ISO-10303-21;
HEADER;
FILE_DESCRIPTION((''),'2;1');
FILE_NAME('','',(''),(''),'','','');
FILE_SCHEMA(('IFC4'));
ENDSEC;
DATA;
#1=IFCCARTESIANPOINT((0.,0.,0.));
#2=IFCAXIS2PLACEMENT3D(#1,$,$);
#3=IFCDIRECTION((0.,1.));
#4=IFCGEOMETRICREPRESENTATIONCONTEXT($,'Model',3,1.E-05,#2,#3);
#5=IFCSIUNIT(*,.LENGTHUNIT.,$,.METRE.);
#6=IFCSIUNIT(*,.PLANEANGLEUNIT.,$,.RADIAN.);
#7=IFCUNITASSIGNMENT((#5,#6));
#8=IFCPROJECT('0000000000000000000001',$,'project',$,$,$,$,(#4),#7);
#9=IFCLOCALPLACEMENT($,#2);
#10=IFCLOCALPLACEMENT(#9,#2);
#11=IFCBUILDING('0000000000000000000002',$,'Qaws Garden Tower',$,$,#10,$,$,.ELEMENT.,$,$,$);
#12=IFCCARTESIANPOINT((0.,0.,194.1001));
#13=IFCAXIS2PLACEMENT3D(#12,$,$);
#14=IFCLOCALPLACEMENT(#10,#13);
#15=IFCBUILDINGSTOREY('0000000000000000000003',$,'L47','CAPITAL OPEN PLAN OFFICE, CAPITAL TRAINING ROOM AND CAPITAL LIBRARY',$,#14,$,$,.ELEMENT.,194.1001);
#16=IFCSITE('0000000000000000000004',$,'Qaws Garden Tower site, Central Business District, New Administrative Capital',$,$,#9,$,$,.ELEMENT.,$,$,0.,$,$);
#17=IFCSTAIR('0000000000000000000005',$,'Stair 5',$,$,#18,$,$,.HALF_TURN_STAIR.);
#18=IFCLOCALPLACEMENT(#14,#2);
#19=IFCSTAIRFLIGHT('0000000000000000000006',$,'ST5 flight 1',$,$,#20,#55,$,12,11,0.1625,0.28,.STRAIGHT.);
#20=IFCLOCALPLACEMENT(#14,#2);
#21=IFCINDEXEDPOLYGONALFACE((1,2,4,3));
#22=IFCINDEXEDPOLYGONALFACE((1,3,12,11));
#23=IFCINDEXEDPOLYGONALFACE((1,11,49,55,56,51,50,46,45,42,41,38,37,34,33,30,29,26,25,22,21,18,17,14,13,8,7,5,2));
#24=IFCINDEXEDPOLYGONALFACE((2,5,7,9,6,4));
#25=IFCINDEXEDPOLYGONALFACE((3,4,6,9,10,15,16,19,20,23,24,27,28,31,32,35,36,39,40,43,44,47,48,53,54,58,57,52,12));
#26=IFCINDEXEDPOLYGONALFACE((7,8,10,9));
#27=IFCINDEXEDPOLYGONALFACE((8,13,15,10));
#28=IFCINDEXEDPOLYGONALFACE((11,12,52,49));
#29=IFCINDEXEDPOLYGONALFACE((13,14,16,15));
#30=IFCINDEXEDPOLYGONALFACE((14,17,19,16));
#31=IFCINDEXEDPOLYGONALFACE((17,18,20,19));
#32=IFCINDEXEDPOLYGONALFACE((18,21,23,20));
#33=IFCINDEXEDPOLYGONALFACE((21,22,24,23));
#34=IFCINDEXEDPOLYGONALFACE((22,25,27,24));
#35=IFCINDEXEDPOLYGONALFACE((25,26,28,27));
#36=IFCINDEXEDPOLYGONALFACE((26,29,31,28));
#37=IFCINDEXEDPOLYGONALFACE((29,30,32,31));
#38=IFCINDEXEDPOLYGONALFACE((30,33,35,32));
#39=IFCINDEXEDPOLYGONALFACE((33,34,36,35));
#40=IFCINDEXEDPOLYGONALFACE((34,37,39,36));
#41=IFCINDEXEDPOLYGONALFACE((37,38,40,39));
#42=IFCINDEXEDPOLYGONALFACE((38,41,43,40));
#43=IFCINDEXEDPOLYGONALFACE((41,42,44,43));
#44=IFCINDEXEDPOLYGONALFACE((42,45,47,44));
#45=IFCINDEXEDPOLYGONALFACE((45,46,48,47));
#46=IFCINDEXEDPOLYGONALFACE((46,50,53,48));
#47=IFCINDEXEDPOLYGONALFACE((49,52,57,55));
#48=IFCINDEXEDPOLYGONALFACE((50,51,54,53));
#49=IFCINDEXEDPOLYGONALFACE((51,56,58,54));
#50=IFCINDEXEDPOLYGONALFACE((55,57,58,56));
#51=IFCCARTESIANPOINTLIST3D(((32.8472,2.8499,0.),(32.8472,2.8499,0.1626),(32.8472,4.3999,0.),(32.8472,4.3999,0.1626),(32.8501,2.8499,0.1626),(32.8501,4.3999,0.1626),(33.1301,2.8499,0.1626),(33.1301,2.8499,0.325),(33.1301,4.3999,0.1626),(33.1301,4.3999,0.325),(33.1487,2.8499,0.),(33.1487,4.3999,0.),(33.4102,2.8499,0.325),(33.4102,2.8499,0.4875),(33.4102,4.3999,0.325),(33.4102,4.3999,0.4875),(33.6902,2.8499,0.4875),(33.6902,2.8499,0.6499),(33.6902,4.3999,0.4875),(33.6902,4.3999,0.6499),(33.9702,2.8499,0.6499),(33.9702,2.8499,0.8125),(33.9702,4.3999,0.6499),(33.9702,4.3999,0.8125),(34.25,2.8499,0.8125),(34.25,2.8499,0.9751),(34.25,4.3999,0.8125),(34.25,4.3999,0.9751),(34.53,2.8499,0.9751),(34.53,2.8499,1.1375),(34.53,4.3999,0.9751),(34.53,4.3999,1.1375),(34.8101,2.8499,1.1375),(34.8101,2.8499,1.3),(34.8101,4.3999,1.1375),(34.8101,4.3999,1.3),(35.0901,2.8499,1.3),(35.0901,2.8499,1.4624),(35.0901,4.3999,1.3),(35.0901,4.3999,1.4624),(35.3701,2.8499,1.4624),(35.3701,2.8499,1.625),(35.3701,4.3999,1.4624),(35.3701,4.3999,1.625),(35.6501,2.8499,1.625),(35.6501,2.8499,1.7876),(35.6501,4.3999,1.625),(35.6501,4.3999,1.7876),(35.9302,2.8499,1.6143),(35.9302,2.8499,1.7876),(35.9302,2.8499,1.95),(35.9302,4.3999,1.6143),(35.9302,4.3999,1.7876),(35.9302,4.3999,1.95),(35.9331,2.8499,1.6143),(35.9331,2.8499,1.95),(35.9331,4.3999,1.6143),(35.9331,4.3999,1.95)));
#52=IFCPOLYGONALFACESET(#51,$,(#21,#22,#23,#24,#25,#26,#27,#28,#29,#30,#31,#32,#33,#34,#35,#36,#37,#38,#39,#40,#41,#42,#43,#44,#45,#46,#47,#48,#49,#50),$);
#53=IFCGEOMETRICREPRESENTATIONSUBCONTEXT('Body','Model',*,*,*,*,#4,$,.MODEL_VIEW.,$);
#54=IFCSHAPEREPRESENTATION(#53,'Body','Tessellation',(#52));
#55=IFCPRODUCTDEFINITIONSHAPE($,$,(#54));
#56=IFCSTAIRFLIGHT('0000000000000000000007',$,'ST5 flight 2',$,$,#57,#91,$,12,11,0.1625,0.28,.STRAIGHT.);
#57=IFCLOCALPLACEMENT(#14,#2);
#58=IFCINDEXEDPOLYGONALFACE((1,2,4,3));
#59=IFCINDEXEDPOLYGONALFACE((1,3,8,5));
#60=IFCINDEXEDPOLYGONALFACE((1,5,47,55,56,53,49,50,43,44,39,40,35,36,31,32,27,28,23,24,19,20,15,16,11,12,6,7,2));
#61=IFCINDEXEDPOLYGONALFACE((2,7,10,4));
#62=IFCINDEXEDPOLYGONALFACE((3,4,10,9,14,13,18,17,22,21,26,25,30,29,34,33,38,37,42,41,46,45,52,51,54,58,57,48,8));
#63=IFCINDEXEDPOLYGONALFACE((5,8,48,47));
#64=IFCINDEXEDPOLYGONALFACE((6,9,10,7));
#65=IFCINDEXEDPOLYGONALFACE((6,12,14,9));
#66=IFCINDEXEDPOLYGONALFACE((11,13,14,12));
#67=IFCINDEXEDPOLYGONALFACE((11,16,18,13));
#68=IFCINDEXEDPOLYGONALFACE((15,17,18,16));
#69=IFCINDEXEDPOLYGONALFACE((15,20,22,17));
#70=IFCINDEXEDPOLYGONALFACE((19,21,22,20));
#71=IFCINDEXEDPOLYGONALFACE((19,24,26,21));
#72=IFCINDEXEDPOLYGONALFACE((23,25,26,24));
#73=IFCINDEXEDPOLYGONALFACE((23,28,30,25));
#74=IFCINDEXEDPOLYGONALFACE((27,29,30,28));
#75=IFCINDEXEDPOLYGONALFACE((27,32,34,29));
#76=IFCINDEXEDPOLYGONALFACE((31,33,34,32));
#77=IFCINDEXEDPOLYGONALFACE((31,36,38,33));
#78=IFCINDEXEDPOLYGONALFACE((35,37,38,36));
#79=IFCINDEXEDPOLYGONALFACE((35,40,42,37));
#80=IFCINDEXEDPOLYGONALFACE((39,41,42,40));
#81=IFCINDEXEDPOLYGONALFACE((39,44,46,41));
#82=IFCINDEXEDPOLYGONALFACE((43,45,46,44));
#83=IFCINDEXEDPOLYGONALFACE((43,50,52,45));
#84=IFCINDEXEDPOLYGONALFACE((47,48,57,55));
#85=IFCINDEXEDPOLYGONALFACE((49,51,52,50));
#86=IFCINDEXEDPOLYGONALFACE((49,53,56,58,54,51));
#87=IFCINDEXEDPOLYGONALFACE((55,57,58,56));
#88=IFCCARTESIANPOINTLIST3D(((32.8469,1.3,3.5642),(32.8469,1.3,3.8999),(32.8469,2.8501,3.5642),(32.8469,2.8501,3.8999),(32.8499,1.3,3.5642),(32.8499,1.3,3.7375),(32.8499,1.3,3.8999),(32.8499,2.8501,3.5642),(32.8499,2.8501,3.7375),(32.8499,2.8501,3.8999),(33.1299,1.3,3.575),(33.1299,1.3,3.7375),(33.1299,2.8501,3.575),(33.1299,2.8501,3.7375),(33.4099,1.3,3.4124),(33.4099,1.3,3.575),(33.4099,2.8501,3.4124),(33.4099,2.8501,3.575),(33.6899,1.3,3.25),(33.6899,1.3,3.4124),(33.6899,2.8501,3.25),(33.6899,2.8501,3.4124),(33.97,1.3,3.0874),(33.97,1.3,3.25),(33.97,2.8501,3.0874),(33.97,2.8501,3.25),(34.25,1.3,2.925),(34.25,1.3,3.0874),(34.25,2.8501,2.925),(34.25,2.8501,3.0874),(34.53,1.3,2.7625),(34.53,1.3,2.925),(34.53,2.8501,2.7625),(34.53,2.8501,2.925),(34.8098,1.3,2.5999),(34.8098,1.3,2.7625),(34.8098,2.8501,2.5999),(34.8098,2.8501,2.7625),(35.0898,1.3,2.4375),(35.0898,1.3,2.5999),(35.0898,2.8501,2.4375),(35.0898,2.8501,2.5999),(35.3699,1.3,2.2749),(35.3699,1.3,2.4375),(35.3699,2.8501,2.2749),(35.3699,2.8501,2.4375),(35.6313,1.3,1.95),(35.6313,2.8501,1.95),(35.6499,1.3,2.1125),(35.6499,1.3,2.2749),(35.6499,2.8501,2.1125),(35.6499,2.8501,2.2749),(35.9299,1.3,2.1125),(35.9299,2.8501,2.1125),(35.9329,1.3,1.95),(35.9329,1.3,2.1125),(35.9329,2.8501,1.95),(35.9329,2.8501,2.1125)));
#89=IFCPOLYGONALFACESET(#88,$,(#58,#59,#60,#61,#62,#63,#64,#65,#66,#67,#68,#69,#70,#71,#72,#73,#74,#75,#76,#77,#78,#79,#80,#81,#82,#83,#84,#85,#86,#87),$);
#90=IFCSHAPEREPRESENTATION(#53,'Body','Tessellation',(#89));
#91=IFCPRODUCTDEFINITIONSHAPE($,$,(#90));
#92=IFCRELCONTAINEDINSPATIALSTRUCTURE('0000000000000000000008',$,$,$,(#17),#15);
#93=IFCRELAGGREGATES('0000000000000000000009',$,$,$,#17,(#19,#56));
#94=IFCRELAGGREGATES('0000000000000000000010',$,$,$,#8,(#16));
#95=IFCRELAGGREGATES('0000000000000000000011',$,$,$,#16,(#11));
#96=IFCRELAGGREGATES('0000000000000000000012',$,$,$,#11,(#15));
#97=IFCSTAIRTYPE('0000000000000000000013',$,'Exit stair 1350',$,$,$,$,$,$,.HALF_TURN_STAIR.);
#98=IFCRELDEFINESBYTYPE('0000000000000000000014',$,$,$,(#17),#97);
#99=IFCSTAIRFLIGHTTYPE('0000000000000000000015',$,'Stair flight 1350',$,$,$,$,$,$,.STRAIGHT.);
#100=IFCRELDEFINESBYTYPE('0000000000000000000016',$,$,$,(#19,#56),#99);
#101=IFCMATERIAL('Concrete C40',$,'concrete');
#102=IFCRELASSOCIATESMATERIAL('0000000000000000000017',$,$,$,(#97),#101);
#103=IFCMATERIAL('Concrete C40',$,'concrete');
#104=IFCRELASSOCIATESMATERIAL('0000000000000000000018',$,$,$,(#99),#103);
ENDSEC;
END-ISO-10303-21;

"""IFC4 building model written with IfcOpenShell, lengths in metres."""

from ifc_helpers import new_model, si_unit, direction, frame, origin, place, context, subcontext, project, spatial, polyline, outline, extrude, material, type_object, element, aggregate, save


model = new_model("IFC4")

# Units and contexts
model_context = context("Model", 3, precision=1e-05, world=origin(), true_north=direction((0.0, 1.0)))
body_context = subcontext(model_context, "Body", "Model", "MODEL_VIEW")
ifc_project = project(units=[si_unit("LENGTHUNIT", "METRE"), si_unit("PLANEANGLEUNIT", "RADIAN")], contexts=[model_context])

# Site, building, storey
site_placement = place(None, origin())
site = spatial("IfcSite", under=ifc_project, at=site_placement, Name="Qaws Garden Tower site, Central Business District, New Administrative Capital", CompositionType="ELEMENT", RefElevation=0.0)
building_placement = place(site_placement, origin())
building = spatial("IfcBuilding", under=site, at=building_placement, Name="Qaws Garden Tower", CompositionType="ELEMENT")
storey_placement = place(building_placement, frame((0.0, 0.0, 194.1001)))
storey = spatial("IfcBuildingStorey", under=building, at=storey_placement, Name="L47", Description="CAPITAL OPEN PLAN OFFICE, CAPITAL TRAINING ROOM AND CAPITAL LIBRARY", CompositionType="ELEMENT", Elevation=194.1001)

# Stair, stair flights
ifc_material_1 = material(Name="Concrete C40", Category="concrete")
stair_type = type_object("IfcStairType", Name="Exit stair 1350", PredefinedType="HALF_TURN_STAIR", material=ifc_material_1)
stair_placement = place(storey_placement, origin())
stair = element("IfcStair", 1, at=stair_placement, inside=storey, type_object=stair_type, Name="Stair 5", PredefinedType="HALF_TURN_STAIR")
ifc_material_2 = material(Name="Concrete C40", Category="concrete")
stair_flight_type = type_object("IfcStairFlightType", Name="Stair flight 1350", PredefinedType="STRAIGHT", material=ifc_material_2)
stair_flight_1_placement = place(storey_placement, frame((32.8501, 3.625, 0.0), z_axis=(0.0, 0.0, 1.0), x_axis=(1.0, 0.0, 0.0)))
stair_flight_1 = element("IfcStairFlight", 2, at=stair_flight_1_placement, type_object=stair_flight_type, Name="ST5 flight 1", NumberOfRisers=12, NumberOfTreads=11, PredefinedType="STRAIGHT", RiserHeight=0.1625, TreadLength=0.28, context=body_context, shape_type="SweptSolid", body=[
    extrude(outline(polyline([(-0.0029, 0.0), (-0.0029, 0.1626), (0.0, 0.1626), (0.28, 0.1626), (0.28, 0.325), (0.5601, 0.325), (0.5601, 0.4875), (0.8401, 0.4875), (0.8401, 0.6499), (1.1201, 0.6499), (1.1201, 0.8125), (1.3999, 0.8125), (1.3999, 0.9751), (1.6799, 0.9751), (1.6799, 1.1375), (1.96, 1.1375), (1.96, 1.3), (2.24, 1.3), (2.24, 1.4624), (2.52, 1.4624), (2.52, 1.625), (2.8, 1.625), (2.8, 1.7876), (3.0801, 1.7876), (3.0801, 1.95), (3.083, 1.95), (3.083, 1.6143), (3.0801, 1.6143), (0.2986, 0.0), (-0.0029, 0.0)])), frame((0.0, 0.7749, 0.0), z_axis=(0.0, -1.0, 0.0), x_axis=(1.0, 0.0, 0.0)), (0.0, 0.0, 1.0), 1.55),
])
stair_flight_2_placement = place(storey_placement, frame((35.9299, 2.075, 1.95), z_axis=(0.0, 0.0, 1.0), x_axis=(-1.0, 0.0, 0.0)))
stair_flight_2 = element("IfcStairFlight", 3, at=stair_flight_2_placement, type_object=stair_flight_type, Name="ST5 flight 2", NumberOfRisers=12, NumberOfTreads=11, PredefinedType="STRAIGHT", RiserHeight=0.1625, TreadLength=0.28, context=body_context, shape_type="SweptSolid", body=[
    extrude(outline(polyline([(-0.0029, 0.0), (-0.0029, 0.1626), (0.0, 0.1626), (0.28, 0.1626), (0.28, 0.325), (0.5601, 0.325), (0.5601, 0.4875), (0.8401, 0.4875), (0.8401, 0.6499), (1.1201, 0.6499), (1.1201, 0.8125), (1.3999, 0.8125), (1.3999, 0.9751), (1.6799, 0.9751), (1.6799, 1.1375), (1.96, 1.1375), (1.96, 1.3), (2.24, 1.3), (2.24, 1.4624), (2.52, 1.4624), (2.52, 1.625), (2.8, 1.625), (2.8, 1.7876), (3.0801, 1.7876), (3.0801, 1.95), (3.083, 1.95), (3.083, 1.6143), (3.0801, 1.6143), (0.2986, 0.0), (-0.0029, 0.0)])), frame((0.0, 0.7749, 0.0), z_axis=(0.0, -1.0, 0.0), x_axis=(1.0, 0.0, 0.0)), (0.0, 0.0, 1.0), 1.55),
])
aggregate(stair, [stair_flight_1, stair_flight_2])

save(model, "model.ifc")
